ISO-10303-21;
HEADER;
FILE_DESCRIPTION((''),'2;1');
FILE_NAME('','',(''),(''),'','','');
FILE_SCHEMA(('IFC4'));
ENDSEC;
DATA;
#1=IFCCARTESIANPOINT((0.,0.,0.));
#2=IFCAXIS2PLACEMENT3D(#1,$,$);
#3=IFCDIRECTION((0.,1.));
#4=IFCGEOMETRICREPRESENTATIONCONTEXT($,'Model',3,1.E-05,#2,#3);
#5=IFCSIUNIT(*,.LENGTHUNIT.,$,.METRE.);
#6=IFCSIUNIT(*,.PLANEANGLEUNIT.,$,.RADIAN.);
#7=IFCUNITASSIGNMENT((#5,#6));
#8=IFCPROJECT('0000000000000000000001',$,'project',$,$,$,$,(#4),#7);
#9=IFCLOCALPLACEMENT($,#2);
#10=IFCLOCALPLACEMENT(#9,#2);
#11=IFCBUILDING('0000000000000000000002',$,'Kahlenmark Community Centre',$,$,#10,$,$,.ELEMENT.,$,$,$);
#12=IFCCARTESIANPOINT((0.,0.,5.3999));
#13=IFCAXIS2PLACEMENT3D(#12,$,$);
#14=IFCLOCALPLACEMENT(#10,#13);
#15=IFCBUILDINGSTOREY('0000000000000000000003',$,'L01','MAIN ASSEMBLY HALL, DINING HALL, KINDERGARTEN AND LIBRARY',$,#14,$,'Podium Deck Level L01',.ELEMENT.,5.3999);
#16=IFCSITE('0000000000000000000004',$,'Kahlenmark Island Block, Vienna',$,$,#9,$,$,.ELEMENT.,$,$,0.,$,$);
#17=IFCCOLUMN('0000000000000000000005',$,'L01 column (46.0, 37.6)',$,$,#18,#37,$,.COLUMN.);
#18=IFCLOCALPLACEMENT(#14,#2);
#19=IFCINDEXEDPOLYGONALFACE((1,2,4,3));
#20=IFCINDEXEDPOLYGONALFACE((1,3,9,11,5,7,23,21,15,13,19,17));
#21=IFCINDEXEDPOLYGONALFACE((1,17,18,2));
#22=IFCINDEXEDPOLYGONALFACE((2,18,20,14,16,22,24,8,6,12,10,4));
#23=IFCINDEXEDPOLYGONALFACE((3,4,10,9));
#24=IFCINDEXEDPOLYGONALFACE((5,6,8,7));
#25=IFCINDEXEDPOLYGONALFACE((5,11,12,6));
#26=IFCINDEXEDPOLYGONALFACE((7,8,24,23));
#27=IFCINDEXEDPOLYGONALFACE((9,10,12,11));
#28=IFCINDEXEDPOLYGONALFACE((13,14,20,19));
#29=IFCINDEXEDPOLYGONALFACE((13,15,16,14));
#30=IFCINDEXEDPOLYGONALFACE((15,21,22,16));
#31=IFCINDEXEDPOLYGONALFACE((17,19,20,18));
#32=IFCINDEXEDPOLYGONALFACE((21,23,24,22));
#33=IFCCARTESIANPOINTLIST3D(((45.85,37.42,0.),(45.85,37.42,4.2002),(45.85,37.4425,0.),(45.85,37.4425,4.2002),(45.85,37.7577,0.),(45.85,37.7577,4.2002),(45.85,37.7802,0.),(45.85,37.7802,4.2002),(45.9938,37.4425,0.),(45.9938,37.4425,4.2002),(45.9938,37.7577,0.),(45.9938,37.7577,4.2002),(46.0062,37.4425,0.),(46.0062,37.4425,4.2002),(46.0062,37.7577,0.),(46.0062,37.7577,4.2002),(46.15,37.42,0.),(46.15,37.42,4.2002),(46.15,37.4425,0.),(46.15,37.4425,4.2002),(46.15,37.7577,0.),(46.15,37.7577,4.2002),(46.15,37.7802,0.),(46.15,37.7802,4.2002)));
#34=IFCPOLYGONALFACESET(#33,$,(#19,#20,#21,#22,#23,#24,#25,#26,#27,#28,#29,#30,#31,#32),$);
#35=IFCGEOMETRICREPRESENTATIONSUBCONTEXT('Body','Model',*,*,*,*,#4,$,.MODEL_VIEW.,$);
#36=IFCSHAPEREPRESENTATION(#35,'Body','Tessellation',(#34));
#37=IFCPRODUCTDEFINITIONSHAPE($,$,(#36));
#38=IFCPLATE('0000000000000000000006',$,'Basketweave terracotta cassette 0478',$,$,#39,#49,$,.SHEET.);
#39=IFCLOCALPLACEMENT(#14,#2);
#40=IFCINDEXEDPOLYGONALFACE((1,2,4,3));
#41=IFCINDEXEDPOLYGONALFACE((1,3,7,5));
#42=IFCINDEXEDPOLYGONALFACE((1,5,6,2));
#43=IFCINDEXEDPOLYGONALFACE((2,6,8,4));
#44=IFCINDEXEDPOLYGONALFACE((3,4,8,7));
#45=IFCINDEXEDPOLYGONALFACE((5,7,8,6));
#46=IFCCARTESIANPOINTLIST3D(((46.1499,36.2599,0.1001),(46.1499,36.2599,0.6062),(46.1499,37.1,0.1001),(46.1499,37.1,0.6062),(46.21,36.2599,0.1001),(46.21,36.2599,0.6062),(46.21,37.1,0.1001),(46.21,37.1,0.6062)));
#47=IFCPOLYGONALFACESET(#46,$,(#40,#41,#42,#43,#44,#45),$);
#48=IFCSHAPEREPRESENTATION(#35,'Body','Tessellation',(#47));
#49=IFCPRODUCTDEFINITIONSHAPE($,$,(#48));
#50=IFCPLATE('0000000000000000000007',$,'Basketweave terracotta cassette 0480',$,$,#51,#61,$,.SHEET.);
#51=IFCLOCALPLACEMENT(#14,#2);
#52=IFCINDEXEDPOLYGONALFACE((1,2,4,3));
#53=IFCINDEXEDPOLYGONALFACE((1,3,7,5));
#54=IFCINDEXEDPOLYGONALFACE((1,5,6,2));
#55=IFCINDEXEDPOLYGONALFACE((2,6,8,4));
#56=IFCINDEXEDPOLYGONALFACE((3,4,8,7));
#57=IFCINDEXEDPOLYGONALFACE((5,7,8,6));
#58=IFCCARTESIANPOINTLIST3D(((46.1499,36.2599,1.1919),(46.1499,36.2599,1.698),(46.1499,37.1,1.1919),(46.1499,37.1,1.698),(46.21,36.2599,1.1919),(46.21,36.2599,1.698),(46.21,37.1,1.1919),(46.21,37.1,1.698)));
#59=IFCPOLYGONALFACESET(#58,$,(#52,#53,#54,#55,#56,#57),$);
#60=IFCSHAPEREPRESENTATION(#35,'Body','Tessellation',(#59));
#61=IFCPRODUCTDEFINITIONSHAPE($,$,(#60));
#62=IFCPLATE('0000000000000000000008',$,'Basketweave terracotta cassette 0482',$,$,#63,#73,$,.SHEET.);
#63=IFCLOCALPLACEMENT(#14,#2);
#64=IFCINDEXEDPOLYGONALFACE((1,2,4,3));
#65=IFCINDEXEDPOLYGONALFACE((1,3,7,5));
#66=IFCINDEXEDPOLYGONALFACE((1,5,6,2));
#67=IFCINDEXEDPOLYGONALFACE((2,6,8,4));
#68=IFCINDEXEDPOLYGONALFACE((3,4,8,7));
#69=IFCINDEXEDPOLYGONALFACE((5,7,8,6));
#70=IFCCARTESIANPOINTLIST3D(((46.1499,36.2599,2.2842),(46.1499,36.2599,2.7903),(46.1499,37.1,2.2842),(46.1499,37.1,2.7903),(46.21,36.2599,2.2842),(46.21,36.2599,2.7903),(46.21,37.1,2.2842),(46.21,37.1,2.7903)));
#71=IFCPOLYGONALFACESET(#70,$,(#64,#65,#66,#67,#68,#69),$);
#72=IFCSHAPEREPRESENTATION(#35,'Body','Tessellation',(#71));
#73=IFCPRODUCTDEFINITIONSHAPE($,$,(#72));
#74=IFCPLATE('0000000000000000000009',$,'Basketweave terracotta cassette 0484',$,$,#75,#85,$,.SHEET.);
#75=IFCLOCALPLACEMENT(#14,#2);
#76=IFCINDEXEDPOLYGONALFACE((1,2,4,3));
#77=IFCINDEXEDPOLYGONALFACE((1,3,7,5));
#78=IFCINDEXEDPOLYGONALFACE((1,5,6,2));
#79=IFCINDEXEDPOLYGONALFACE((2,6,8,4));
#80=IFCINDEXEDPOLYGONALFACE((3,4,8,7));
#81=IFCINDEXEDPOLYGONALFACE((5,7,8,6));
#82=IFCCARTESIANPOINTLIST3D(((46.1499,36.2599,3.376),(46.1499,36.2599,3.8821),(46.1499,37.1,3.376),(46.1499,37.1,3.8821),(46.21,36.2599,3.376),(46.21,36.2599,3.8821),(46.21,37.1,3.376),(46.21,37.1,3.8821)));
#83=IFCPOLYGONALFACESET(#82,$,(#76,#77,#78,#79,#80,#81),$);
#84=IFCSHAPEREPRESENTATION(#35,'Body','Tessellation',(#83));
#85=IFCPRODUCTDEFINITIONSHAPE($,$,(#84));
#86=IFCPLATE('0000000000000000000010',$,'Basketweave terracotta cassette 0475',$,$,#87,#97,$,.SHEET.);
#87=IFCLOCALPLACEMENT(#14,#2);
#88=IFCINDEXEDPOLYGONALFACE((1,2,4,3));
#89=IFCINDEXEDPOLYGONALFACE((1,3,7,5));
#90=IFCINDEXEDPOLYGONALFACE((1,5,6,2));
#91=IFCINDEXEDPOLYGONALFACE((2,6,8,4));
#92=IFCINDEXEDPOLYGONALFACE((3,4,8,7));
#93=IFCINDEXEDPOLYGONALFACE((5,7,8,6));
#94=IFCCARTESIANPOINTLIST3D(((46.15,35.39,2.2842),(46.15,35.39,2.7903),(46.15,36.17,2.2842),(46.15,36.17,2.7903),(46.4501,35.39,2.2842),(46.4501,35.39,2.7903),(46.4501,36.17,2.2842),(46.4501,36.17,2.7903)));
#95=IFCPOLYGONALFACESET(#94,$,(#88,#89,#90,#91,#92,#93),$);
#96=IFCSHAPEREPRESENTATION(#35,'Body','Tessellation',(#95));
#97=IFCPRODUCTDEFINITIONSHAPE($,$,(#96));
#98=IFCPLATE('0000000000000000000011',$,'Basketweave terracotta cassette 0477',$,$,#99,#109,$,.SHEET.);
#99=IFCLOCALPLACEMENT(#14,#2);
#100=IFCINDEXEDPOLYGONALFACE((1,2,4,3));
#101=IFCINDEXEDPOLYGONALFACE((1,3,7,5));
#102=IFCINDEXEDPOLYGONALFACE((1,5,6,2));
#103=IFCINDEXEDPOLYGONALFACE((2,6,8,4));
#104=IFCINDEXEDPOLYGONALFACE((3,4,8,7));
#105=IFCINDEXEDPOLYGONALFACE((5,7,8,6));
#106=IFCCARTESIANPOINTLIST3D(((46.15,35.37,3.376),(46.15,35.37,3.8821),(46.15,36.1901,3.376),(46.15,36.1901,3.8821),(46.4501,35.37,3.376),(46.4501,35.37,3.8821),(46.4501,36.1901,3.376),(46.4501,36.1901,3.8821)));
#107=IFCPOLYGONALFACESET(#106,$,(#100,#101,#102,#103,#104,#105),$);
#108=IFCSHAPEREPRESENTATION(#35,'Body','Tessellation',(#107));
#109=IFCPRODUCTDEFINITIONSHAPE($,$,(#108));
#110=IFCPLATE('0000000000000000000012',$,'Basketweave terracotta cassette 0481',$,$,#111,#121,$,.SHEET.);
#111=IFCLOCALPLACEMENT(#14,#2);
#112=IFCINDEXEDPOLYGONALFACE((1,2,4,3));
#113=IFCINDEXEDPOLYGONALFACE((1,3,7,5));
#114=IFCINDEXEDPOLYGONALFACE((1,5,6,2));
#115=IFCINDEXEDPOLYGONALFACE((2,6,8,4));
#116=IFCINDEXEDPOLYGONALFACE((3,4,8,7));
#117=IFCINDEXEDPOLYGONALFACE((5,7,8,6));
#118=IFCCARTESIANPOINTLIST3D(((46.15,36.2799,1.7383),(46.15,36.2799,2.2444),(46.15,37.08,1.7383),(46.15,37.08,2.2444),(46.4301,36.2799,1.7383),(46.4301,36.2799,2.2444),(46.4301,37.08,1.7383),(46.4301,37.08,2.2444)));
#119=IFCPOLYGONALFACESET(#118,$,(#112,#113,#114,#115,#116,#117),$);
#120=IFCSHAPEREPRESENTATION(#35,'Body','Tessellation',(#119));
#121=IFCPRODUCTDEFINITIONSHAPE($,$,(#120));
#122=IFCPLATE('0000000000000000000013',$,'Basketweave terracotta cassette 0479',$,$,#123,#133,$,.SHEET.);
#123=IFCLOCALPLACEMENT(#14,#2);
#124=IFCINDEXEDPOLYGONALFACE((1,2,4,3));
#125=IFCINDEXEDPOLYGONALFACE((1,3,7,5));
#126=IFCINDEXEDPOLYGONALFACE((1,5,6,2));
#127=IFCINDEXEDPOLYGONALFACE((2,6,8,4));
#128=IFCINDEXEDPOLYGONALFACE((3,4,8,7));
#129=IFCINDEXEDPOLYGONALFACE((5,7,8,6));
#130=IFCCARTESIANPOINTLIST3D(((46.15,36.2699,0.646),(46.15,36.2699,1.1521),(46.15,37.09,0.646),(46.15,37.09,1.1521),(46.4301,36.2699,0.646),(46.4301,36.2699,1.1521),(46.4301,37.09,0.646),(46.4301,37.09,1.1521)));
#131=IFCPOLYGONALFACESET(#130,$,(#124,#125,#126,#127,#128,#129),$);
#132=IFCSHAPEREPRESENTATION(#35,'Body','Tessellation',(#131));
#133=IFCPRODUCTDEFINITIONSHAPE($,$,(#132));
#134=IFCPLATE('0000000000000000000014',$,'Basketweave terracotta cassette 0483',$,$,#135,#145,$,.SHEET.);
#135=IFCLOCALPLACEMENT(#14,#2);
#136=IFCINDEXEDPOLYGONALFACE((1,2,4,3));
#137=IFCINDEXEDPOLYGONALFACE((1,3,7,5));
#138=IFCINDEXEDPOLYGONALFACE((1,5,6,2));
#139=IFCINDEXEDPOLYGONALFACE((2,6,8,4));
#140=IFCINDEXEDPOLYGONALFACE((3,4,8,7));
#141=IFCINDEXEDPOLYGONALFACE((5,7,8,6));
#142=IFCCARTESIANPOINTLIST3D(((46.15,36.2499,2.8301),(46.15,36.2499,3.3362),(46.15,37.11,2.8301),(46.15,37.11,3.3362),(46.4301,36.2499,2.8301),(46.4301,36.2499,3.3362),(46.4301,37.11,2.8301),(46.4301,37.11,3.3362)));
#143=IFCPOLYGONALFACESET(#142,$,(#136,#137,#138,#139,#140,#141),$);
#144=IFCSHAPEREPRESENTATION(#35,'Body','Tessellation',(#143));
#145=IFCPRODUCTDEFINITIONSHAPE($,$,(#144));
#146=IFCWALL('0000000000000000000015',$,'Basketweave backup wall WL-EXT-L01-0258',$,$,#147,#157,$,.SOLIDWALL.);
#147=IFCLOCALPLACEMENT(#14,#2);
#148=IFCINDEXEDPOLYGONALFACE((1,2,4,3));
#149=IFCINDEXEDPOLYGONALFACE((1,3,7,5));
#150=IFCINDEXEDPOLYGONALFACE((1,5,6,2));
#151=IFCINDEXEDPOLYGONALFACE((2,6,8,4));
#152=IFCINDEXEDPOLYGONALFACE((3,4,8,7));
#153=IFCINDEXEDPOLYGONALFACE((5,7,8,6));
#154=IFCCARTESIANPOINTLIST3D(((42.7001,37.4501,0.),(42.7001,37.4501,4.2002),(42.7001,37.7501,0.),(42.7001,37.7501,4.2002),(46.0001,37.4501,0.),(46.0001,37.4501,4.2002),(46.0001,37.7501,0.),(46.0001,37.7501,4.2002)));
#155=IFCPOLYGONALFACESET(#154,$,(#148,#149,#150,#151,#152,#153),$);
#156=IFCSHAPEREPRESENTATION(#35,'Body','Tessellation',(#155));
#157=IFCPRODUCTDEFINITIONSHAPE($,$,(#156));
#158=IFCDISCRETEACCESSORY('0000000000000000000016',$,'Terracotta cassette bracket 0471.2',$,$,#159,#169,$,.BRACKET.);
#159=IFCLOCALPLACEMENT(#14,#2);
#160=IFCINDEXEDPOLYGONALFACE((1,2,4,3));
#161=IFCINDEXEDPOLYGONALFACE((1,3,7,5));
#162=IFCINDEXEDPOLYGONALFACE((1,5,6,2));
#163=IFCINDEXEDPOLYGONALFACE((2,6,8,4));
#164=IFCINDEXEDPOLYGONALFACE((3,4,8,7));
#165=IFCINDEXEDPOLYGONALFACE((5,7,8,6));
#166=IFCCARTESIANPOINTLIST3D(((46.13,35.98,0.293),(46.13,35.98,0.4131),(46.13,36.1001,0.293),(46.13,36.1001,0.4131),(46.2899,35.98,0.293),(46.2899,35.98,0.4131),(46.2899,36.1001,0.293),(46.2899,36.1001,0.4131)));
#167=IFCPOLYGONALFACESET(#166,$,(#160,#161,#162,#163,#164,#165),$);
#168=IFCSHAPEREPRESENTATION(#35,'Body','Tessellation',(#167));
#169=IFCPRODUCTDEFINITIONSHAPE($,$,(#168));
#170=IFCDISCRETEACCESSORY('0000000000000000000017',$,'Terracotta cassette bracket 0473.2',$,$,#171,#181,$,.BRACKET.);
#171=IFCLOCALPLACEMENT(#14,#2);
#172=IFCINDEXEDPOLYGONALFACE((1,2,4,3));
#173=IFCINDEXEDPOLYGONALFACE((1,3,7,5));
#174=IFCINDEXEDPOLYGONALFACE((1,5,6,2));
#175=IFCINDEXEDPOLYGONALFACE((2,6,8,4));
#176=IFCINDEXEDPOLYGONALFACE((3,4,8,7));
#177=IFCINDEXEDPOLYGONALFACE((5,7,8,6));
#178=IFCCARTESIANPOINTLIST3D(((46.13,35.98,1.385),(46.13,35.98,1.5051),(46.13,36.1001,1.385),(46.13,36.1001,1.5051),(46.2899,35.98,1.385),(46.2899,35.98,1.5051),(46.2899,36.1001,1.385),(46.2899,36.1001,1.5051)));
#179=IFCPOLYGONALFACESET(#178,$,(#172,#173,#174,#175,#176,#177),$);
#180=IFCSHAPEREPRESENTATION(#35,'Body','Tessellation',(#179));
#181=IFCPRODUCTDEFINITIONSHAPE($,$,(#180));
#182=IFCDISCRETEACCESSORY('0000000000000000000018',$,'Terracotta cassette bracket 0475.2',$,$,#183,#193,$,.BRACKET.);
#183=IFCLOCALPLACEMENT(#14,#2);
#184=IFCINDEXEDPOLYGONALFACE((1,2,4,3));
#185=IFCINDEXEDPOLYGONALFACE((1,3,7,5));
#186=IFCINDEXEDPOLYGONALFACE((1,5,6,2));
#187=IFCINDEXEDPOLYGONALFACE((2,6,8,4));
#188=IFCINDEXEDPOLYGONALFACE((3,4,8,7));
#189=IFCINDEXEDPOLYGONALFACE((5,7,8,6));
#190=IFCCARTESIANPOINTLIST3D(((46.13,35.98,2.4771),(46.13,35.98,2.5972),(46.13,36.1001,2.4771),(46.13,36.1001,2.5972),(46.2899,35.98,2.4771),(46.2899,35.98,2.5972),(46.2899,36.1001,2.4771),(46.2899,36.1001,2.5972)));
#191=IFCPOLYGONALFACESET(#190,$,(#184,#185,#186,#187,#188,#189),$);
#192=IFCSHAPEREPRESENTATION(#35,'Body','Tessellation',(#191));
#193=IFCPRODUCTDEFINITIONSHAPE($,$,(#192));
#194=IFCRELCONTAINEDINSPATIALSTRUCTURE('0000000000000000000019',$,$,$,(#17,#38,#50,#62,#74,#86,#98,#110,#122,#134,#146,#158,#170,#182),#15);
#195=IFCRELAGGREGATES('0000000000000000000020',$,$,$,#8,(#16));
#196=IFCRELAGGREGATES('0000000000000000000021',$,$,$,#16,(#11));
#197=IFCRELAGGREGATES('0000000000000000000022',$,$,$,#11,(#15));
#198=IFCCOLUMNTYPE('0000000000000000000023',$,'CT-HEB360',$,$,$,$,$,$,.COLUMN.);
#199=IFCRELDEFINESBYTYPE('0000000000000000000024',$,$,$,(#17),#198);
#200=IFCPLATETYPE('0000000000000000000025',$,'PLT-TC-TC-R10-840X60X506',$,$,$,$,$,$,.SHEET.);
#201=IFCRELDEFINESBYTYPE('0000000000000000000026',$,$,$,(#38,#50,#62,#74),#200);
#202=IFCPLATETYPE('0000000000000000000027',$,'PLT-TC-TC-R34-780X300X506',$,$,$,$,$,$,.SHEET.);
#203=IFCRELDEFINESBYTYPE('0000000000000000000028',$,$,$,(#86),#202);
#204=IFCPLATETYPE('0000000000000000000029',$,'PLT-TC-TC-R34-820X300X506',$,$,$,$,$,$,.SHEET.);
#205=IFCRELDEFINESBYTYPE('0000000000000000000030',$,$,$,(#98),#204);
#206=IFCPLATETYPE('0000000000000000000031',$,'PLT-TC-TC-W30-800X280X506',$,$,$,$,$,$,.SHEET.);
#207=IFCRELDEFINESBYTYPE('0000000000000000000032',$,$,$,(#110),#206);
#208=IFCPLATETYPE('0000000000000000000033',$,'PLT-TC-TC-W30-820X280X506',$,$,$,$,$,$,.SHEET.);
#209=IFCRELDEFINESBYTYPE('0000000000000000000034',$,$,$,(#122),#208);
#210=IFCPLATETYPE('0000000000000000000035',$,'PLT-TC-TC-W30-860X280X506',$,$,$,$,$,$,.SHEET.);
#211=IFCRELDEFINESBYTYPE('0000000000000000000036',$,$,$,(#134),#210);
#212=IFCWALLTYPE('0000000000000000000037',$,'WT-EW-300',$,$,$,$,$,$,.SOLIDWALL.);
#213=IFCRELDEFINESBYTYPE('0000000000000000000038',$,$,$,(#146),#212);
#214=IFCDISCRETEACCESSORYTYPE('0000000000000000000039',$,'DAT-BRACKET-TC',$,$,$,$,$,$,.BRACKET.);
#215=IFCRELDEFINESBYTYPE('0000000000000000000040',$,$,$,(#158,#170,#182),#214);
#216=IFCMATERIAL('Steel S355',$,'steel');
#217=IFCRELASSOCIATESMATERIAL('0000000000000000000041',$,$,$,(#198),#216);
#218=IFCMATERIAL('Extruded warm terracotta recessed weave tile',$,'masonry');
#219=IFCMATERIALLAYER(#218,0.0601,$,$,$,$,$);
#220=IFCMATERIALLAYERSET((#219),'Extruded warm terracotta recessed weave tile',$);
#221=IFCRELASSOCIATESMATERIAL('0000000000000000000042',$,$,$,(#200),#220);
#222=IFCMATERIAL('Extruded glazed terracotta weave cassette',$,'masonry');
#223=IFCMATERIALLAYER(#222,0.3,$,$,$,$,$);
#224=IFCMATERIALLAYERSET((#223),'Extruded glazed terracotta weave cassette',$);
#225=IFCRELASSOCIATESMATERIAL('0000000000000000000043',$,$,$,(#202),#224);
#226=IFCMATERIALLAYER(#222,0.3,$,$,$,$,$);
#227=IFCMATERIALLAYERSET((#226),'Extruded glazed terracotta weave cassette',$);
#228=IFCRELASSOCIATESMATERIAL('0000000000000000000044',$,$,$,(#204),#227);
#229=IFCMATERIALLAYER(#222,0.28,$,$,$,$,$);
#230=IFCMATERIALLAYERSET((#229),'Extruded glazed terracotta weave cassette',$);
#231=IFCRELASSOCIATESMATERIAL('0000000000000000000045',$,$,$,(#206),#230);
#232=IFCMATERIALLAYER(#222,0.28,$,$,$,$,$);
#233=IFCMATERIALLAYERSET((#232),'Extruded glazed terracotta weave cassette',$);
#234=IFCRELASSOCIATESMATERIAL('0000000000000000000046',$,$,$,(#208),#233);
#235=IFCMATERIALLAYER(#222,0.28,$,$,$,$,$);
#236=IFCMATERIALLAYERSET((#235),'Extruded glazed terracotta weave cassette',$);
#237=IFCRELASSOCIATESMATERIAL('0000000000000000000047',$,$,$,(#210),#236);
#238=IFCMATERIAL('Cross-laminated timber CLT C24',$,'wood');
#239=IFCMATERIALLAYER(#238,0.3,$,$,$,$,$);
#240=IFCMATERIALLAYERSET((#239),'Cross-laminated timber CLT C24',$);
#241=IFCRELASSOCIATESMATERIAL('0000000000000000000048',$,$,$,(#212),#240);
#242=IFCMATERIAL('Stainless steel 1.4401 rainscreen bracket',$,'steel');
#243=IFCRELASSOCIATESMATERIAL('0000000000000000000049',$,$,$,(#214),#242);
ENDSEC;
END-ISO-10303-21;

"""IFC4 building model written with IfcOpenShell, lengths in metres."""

from ifc_helpers import new_model, si_unit, direction, frame, frame_2d, origin, origin_2d, place, context, subcontext, project, spatial, rectangle, i_section, extrude, material, layer, layer_set, material_profile, profile_set, type_object, element, save


model = new_model("IFC4")

# Units and contexts
model_context = context("Model", 3, precision=1e-05, world=origin(), true_north=direction((0.0, 1.0)))
body_context = subcontext(model_context, "Body", "Model", "MODEL_VIEW")
ifc_project = project(units=[si_unit("LENGTHUNIT", "METRE"), si_unit("PLANEANGLEUNIT", "RADIAN")], contexts=[model_context])

# Site, building, storey
site_placement = place(None, origin())
site = spatial("IfcSite", under=ifc_project, at=site_placement, Name="Kahlenmark Island Block, Vienna", CompositionType="ELEMENT", RefElevation=0.0)
building_placement = place(site_placement, origin())
building = spatial("IfcBuilding", under=site, at=building_placement, Name="Kahlenmark Community Centre", CompositionType="ELEMENT")
storey_placement = place(building_placement, frame((0.0, 0.0, 5.3999)))
storey = spatial("IfcBuildingStorey", under=building, at=storey_placement, Name="L01", Description="MAIN ASSEMBLY HALL, DINING HALL, KINDERGARTEN AND LIBRARY", LongName="Podium Deck Level L01", CompositionType="ELEMENT", Elevation=5.3999)

# Column
ifc_material_1 = material(Name="Steel S355", Category="steel")
ifc_material_profile = material_profile(ifc_material_1, i_section(OverallWidth=0.3, OverallDepth=0.3601, WebThickness=0.0125, FlangeThickness=0.0225, at=origin_2d()), Name="HEB 360")
ifc_profile_set = profile_set([ifc_material_profile], Name="Steel S355")
column_type = type_object("IfcColumnType", Name="CT-HEB360", PredefinedType="COLUMN", material=ifc_profile_set)
column_placement = place(storey_placement, frame((46.0, 37.6001, 0.0), z_axis=(0.0, 0.0, 1.0), x_axis=(1.0, 0.0, 0.0)))
element("IfcColumn", 1, at=column_placement, inside=storey, type_object=column_type, Name="L01 column (46.0, 37.6)", PredefinedType="COLUMN", context=body_context, shape_type="SweptSolid", body=[
    extrude(i_section(OverallWidth=0.3, OverallDepth=0.3601, WebThickness=0.0125, FlangeThickness=0.0225, at=origin_2d()), origin(), (0.0, 0.0, 1.0), 4.2002),
])

# Plates
ifc_material_2 = material(Name="Extruded warm terracotta recessed weave tile", Category="masonry")
ifc_layer_1 = layer(ifc_material_2, 0.0601)
ifc_layer_set_1 = layer_set([ifc_layer_1], Name="Extruded warm terracotta recessed weave tile")
plate_type_1 = type_object("IfcPlateType", Name="PLT-TC-TC-R10-840X60X506", PredefinedType="SHEET", material=ifc_layer_set_1)
for number, where, z_axis, x_axis, name in (
    (2, (46.1799, 36.6799, 0.1001), (0.0, 0.0, 1.0), (0.0, 1.0, 0.0), "Basketweave terracotta cassette 0478"),
    (3, (46.1799, 36.6799, 1.1919), (0.0, 0.0, 1.0), (0.0, 1.0, 0.0), "Basketweave terracotta cassette 0480"),
    (4, (46.1799, 36.6799, 2.2842), (0.0, 0.0, 1.0), (0.0, 1.0, 0.0), "Basketweave terracotta cassette 0482"),
    (5, (46.1799, 36.6799, 3.376), (0.0, 0.0, 1.0), (0.0, 1.0, 0.0), "Basketweave terracotta cassette 0484"),
):
    element("IfcPlate", number, at=place(storey_placement, frame(where, z_axis=z_axis, x_axis=x_axis)), inside=storey, type_object=plate_type_1, Name=name, PredefinedType="SHEET", context=body_context, shape_type="SweptSolid", body=[
        extrude(rectangle(XDim=0.8401, YDim=0.0601, at=origin_2d()), origin(), (0.0, 0.0, 1.0), 0.5061),
    ])
ifc_material_3 = material(Name="Extruded glazed terracotta weave cassette", Category="masonry")
ifc_layer_2 = layer(ifc_material_3, 0.3)
ifc_layer_set_2 = layer_set([ifc_layer_2], Name="Extruded glazed terracotta weave cassette")
plate_type_2 = type_object("IfcPlateType", Name="PLT-TC-TC-R34-780X300X506", PredefinedType="SHEET", material=ifc_layer_set_2)
plate_1_placement = place(storey_placement, frame((46.3, 35.78, 2.2842), z_axis=(0.0, 0.0, 1.0), x_axis=(0.0, 1.0, 0.0)))
element("IfcPlate", 6, at=plate_1_placement, inside=storey, type_object=plate_type_2, Name="Basketweave terracotta cassette 0475", PredefinedType="SHEET", context=body_context, shape_type="SweptSolid", body=[
    extrude(rectangle(XDim=0.78, YDim=0.3, at=origin_2d()), origin(), (0.0, 0.0, 1.0), 0.5061),
])
ifc_layer_3 = layer(ifc_material_3, 0.3)
ifc_layer_set_3 = layer_set([ifc_layer_3], Name="Extruded glazed terracotta weave cassette")
plate_type_3 = type_object("IfcPlateType", Name="PLT-TC-TC-R34-820X300X506", PredefinedType="SHEET", material=ifc_layer_set_3)
plate_2_placement = place(storey_placement, frame((46.3, 35.78, 3.376), z_axis=(0.0, 0.0, 1.0), x_axis=(0.0, 1.0, 0.0)))
element("IfcPlate", 7, at=plate_2_placement, inside=storey, type_object=plate_type_3, Name="Basketweave terracotta cassette 0477", PredefinedType="SHEET", context=body_context, shape_type="SweptSolid", body=[
    extrude(rectangle(XDim=0.8201, YDim=0.3, at=origin_2d()), origin(), (0.0, 0.0, 1.0), 0.5061),
])
ifc_layer_4 = layer(ifc_material_3, 0.28)
ifc_layer_set_4 = layer_set([ifc_layer_4], Name="Extruded glazed terracotta weave cassette")
plate_type_4 = type_object("IfcPlateType", Name="PLT-TC-TC-W30-800X280X506", PredefinedType="SHEET", material=ifc_layer_set_4)
plate_3_placement = place(storey_placement, frame((46.29, 36.6799, 1.7383), z_axis=(0.0, 0.0, 1.0), x_axis=(0.0, 1.0, 0.0)))
element("IfcPlate", 8, at=plate_3_placement, inside=storey, type_object=plate_type_4, Name="Basketweave terracotta cassette 0481", PredefinedType="SHEET", context=body_context, shape_type="SweptSolid", body=[
    extrude(rectangle(XDim=0.8, YDim=0.28, at=origin_2d()), origin(), (0.0, 0.0, 1.0), 0.5061),
])
ifc_layer_5 = layer(ifc_material_3, 0.28)
ifc_layer_set_5 = layer_set([ifc_layer_5], Name="Extruded glazed terracotta weave cassette")
plate_type_5 = type_object("IfcPlateType", Name="PLT-TC-TC-W30-820X280X506", PredefinedType="SHEET", material=ifc_layer_set_5)
plate_4_placement = place(storey_placement, frame((46.29, 36.6799, 0.646), z_axis=(0.0, 0.0, 1.0), x_axis=(0.0, 1.0, 0.0)))
element("IfcPlate", 9, at=plate_4_placement, inside=storey, type_object=plate_type_5, Name="Basketweave terracotta cassette 0479", PredefinedType="SHEET", context=body_context, shape_type="SweptSolid", body=[
    extrude(rectangle(XDim=0.8201, YDim=0.28, at=origin_2d()), origin(), (0.0, 0.0, 1.0), 0.5061),
])
ifc_layer_6 = layer(ifc_material_3, 0.28)
ifc_layer_set_6 = layer_set([ifc_layer_6], Name="Extruded glazed terracotta weave cassette")
plate_type_6 = type_object("IfcPlateType", Name="PLT-TC-TC-W30-860X280X506", PredefinedType="SHEET", material=ifc_layer_set_6)
plate_5_placement = place(storey_placement, frame((46.29, 36.6799, 2.8301), z_axis=(0.0, 0.0, 1.0), x_axis=(0.0, 1.0, 0.0)))
element("IfcPlate", 10, at=plate_5_placement, inside=storey, type_object=plate_type_6, Name="Basketweave terracotta cassette 0483", PredefinedType="SHEET", context=body_context, shape_type="SweptSolid", body=[
    extrude(rectangle(XDim=0.8601, YDim=0.28, at=origin_2d()), origin(), (0.0, 0.0, 1.0), 0.5061),
])

# Wall
ifc_material_4 = material(Name="Cross-laminated timber CLT C24", Category="wood")
ifc_layer_7 = layer(ifc_material_4, 0.3)
ifc_layer_set_7 = layer_set([ifc_layer_7], Name="Cross-laminated timber CLT C24")
wall_type = type_object("IfcWallType", Name="WT-EW-300", PredefinedType="SOLIDWALL", material=ifc_layer_set_7)
wall_placement = place(storey_placement, frame((46.0, 37.6001, 0.0), z_axis=(0.0, 0.0, 1.0), x_axis=(-1.0, 0.0, 0.0)))
element("IfcWall", 11, at=wall_placement, inside=storey, type_object=wall_type, Name="Basketweave backup wall WL-EXT-L01-0258", PredefinedType="SOLIDWALL", context=body_context, shape_type="SweptSolid", body=[
    extrude(rectangle(XDim=3.3, YDim=0.3, at=frame_2d((1.6499, 0.0))), origin(), (0.0, 0.0, 1.0), 4.2002),
])

# Discrete accessories
ifc_material_5 = material(Name="Stainless steel 1.4401 rainscreen bracket", Category="steel")
discrete_accessory_type = type_object("IfcDiscreteAccessoryType", Name="DAT-BRACKET-TC", PredefinedType="BRACKET", material=ifc_material_5)
for number, where, z_axis, x_axis, name in (
    (12, (46.21, 36.04, 0.293), (0.0, 0.0, 1.0), (0.0, 1.0, 0.0), "Terracotta cassette bracket 0471.2"),
    (13, (46.21, 36.04, 1.385), (0.0, 0.0, 1.0), (0.0, 1.0, 0.0), "Terracotta cassette bracket 0473.2"),
    (14, (46.21, 36.04, 2.4771), (0.0, 0.0, 1.0), (0.0, 1.0, 0.0), "Terracotta cassette bracket 0475.2"),
):
    element("IfcDiscreteAccessory", number, at=place(storey_placement, frame(where, z_axis=z_axis, x_axis=x_axis)), inside=storey, type_object=discrete_accessory_type, Name=name, PredefinedType="BRACKET", context=body_context, shape_type="SweptSolid", body=[
        extrude(rectangle(XDim=0.1201, YDim=0.1599, at=origin_2d()), origin(), (0.0, 0.0, 1.0), 0.1201),
    ])

save(model, "model.ifc")
